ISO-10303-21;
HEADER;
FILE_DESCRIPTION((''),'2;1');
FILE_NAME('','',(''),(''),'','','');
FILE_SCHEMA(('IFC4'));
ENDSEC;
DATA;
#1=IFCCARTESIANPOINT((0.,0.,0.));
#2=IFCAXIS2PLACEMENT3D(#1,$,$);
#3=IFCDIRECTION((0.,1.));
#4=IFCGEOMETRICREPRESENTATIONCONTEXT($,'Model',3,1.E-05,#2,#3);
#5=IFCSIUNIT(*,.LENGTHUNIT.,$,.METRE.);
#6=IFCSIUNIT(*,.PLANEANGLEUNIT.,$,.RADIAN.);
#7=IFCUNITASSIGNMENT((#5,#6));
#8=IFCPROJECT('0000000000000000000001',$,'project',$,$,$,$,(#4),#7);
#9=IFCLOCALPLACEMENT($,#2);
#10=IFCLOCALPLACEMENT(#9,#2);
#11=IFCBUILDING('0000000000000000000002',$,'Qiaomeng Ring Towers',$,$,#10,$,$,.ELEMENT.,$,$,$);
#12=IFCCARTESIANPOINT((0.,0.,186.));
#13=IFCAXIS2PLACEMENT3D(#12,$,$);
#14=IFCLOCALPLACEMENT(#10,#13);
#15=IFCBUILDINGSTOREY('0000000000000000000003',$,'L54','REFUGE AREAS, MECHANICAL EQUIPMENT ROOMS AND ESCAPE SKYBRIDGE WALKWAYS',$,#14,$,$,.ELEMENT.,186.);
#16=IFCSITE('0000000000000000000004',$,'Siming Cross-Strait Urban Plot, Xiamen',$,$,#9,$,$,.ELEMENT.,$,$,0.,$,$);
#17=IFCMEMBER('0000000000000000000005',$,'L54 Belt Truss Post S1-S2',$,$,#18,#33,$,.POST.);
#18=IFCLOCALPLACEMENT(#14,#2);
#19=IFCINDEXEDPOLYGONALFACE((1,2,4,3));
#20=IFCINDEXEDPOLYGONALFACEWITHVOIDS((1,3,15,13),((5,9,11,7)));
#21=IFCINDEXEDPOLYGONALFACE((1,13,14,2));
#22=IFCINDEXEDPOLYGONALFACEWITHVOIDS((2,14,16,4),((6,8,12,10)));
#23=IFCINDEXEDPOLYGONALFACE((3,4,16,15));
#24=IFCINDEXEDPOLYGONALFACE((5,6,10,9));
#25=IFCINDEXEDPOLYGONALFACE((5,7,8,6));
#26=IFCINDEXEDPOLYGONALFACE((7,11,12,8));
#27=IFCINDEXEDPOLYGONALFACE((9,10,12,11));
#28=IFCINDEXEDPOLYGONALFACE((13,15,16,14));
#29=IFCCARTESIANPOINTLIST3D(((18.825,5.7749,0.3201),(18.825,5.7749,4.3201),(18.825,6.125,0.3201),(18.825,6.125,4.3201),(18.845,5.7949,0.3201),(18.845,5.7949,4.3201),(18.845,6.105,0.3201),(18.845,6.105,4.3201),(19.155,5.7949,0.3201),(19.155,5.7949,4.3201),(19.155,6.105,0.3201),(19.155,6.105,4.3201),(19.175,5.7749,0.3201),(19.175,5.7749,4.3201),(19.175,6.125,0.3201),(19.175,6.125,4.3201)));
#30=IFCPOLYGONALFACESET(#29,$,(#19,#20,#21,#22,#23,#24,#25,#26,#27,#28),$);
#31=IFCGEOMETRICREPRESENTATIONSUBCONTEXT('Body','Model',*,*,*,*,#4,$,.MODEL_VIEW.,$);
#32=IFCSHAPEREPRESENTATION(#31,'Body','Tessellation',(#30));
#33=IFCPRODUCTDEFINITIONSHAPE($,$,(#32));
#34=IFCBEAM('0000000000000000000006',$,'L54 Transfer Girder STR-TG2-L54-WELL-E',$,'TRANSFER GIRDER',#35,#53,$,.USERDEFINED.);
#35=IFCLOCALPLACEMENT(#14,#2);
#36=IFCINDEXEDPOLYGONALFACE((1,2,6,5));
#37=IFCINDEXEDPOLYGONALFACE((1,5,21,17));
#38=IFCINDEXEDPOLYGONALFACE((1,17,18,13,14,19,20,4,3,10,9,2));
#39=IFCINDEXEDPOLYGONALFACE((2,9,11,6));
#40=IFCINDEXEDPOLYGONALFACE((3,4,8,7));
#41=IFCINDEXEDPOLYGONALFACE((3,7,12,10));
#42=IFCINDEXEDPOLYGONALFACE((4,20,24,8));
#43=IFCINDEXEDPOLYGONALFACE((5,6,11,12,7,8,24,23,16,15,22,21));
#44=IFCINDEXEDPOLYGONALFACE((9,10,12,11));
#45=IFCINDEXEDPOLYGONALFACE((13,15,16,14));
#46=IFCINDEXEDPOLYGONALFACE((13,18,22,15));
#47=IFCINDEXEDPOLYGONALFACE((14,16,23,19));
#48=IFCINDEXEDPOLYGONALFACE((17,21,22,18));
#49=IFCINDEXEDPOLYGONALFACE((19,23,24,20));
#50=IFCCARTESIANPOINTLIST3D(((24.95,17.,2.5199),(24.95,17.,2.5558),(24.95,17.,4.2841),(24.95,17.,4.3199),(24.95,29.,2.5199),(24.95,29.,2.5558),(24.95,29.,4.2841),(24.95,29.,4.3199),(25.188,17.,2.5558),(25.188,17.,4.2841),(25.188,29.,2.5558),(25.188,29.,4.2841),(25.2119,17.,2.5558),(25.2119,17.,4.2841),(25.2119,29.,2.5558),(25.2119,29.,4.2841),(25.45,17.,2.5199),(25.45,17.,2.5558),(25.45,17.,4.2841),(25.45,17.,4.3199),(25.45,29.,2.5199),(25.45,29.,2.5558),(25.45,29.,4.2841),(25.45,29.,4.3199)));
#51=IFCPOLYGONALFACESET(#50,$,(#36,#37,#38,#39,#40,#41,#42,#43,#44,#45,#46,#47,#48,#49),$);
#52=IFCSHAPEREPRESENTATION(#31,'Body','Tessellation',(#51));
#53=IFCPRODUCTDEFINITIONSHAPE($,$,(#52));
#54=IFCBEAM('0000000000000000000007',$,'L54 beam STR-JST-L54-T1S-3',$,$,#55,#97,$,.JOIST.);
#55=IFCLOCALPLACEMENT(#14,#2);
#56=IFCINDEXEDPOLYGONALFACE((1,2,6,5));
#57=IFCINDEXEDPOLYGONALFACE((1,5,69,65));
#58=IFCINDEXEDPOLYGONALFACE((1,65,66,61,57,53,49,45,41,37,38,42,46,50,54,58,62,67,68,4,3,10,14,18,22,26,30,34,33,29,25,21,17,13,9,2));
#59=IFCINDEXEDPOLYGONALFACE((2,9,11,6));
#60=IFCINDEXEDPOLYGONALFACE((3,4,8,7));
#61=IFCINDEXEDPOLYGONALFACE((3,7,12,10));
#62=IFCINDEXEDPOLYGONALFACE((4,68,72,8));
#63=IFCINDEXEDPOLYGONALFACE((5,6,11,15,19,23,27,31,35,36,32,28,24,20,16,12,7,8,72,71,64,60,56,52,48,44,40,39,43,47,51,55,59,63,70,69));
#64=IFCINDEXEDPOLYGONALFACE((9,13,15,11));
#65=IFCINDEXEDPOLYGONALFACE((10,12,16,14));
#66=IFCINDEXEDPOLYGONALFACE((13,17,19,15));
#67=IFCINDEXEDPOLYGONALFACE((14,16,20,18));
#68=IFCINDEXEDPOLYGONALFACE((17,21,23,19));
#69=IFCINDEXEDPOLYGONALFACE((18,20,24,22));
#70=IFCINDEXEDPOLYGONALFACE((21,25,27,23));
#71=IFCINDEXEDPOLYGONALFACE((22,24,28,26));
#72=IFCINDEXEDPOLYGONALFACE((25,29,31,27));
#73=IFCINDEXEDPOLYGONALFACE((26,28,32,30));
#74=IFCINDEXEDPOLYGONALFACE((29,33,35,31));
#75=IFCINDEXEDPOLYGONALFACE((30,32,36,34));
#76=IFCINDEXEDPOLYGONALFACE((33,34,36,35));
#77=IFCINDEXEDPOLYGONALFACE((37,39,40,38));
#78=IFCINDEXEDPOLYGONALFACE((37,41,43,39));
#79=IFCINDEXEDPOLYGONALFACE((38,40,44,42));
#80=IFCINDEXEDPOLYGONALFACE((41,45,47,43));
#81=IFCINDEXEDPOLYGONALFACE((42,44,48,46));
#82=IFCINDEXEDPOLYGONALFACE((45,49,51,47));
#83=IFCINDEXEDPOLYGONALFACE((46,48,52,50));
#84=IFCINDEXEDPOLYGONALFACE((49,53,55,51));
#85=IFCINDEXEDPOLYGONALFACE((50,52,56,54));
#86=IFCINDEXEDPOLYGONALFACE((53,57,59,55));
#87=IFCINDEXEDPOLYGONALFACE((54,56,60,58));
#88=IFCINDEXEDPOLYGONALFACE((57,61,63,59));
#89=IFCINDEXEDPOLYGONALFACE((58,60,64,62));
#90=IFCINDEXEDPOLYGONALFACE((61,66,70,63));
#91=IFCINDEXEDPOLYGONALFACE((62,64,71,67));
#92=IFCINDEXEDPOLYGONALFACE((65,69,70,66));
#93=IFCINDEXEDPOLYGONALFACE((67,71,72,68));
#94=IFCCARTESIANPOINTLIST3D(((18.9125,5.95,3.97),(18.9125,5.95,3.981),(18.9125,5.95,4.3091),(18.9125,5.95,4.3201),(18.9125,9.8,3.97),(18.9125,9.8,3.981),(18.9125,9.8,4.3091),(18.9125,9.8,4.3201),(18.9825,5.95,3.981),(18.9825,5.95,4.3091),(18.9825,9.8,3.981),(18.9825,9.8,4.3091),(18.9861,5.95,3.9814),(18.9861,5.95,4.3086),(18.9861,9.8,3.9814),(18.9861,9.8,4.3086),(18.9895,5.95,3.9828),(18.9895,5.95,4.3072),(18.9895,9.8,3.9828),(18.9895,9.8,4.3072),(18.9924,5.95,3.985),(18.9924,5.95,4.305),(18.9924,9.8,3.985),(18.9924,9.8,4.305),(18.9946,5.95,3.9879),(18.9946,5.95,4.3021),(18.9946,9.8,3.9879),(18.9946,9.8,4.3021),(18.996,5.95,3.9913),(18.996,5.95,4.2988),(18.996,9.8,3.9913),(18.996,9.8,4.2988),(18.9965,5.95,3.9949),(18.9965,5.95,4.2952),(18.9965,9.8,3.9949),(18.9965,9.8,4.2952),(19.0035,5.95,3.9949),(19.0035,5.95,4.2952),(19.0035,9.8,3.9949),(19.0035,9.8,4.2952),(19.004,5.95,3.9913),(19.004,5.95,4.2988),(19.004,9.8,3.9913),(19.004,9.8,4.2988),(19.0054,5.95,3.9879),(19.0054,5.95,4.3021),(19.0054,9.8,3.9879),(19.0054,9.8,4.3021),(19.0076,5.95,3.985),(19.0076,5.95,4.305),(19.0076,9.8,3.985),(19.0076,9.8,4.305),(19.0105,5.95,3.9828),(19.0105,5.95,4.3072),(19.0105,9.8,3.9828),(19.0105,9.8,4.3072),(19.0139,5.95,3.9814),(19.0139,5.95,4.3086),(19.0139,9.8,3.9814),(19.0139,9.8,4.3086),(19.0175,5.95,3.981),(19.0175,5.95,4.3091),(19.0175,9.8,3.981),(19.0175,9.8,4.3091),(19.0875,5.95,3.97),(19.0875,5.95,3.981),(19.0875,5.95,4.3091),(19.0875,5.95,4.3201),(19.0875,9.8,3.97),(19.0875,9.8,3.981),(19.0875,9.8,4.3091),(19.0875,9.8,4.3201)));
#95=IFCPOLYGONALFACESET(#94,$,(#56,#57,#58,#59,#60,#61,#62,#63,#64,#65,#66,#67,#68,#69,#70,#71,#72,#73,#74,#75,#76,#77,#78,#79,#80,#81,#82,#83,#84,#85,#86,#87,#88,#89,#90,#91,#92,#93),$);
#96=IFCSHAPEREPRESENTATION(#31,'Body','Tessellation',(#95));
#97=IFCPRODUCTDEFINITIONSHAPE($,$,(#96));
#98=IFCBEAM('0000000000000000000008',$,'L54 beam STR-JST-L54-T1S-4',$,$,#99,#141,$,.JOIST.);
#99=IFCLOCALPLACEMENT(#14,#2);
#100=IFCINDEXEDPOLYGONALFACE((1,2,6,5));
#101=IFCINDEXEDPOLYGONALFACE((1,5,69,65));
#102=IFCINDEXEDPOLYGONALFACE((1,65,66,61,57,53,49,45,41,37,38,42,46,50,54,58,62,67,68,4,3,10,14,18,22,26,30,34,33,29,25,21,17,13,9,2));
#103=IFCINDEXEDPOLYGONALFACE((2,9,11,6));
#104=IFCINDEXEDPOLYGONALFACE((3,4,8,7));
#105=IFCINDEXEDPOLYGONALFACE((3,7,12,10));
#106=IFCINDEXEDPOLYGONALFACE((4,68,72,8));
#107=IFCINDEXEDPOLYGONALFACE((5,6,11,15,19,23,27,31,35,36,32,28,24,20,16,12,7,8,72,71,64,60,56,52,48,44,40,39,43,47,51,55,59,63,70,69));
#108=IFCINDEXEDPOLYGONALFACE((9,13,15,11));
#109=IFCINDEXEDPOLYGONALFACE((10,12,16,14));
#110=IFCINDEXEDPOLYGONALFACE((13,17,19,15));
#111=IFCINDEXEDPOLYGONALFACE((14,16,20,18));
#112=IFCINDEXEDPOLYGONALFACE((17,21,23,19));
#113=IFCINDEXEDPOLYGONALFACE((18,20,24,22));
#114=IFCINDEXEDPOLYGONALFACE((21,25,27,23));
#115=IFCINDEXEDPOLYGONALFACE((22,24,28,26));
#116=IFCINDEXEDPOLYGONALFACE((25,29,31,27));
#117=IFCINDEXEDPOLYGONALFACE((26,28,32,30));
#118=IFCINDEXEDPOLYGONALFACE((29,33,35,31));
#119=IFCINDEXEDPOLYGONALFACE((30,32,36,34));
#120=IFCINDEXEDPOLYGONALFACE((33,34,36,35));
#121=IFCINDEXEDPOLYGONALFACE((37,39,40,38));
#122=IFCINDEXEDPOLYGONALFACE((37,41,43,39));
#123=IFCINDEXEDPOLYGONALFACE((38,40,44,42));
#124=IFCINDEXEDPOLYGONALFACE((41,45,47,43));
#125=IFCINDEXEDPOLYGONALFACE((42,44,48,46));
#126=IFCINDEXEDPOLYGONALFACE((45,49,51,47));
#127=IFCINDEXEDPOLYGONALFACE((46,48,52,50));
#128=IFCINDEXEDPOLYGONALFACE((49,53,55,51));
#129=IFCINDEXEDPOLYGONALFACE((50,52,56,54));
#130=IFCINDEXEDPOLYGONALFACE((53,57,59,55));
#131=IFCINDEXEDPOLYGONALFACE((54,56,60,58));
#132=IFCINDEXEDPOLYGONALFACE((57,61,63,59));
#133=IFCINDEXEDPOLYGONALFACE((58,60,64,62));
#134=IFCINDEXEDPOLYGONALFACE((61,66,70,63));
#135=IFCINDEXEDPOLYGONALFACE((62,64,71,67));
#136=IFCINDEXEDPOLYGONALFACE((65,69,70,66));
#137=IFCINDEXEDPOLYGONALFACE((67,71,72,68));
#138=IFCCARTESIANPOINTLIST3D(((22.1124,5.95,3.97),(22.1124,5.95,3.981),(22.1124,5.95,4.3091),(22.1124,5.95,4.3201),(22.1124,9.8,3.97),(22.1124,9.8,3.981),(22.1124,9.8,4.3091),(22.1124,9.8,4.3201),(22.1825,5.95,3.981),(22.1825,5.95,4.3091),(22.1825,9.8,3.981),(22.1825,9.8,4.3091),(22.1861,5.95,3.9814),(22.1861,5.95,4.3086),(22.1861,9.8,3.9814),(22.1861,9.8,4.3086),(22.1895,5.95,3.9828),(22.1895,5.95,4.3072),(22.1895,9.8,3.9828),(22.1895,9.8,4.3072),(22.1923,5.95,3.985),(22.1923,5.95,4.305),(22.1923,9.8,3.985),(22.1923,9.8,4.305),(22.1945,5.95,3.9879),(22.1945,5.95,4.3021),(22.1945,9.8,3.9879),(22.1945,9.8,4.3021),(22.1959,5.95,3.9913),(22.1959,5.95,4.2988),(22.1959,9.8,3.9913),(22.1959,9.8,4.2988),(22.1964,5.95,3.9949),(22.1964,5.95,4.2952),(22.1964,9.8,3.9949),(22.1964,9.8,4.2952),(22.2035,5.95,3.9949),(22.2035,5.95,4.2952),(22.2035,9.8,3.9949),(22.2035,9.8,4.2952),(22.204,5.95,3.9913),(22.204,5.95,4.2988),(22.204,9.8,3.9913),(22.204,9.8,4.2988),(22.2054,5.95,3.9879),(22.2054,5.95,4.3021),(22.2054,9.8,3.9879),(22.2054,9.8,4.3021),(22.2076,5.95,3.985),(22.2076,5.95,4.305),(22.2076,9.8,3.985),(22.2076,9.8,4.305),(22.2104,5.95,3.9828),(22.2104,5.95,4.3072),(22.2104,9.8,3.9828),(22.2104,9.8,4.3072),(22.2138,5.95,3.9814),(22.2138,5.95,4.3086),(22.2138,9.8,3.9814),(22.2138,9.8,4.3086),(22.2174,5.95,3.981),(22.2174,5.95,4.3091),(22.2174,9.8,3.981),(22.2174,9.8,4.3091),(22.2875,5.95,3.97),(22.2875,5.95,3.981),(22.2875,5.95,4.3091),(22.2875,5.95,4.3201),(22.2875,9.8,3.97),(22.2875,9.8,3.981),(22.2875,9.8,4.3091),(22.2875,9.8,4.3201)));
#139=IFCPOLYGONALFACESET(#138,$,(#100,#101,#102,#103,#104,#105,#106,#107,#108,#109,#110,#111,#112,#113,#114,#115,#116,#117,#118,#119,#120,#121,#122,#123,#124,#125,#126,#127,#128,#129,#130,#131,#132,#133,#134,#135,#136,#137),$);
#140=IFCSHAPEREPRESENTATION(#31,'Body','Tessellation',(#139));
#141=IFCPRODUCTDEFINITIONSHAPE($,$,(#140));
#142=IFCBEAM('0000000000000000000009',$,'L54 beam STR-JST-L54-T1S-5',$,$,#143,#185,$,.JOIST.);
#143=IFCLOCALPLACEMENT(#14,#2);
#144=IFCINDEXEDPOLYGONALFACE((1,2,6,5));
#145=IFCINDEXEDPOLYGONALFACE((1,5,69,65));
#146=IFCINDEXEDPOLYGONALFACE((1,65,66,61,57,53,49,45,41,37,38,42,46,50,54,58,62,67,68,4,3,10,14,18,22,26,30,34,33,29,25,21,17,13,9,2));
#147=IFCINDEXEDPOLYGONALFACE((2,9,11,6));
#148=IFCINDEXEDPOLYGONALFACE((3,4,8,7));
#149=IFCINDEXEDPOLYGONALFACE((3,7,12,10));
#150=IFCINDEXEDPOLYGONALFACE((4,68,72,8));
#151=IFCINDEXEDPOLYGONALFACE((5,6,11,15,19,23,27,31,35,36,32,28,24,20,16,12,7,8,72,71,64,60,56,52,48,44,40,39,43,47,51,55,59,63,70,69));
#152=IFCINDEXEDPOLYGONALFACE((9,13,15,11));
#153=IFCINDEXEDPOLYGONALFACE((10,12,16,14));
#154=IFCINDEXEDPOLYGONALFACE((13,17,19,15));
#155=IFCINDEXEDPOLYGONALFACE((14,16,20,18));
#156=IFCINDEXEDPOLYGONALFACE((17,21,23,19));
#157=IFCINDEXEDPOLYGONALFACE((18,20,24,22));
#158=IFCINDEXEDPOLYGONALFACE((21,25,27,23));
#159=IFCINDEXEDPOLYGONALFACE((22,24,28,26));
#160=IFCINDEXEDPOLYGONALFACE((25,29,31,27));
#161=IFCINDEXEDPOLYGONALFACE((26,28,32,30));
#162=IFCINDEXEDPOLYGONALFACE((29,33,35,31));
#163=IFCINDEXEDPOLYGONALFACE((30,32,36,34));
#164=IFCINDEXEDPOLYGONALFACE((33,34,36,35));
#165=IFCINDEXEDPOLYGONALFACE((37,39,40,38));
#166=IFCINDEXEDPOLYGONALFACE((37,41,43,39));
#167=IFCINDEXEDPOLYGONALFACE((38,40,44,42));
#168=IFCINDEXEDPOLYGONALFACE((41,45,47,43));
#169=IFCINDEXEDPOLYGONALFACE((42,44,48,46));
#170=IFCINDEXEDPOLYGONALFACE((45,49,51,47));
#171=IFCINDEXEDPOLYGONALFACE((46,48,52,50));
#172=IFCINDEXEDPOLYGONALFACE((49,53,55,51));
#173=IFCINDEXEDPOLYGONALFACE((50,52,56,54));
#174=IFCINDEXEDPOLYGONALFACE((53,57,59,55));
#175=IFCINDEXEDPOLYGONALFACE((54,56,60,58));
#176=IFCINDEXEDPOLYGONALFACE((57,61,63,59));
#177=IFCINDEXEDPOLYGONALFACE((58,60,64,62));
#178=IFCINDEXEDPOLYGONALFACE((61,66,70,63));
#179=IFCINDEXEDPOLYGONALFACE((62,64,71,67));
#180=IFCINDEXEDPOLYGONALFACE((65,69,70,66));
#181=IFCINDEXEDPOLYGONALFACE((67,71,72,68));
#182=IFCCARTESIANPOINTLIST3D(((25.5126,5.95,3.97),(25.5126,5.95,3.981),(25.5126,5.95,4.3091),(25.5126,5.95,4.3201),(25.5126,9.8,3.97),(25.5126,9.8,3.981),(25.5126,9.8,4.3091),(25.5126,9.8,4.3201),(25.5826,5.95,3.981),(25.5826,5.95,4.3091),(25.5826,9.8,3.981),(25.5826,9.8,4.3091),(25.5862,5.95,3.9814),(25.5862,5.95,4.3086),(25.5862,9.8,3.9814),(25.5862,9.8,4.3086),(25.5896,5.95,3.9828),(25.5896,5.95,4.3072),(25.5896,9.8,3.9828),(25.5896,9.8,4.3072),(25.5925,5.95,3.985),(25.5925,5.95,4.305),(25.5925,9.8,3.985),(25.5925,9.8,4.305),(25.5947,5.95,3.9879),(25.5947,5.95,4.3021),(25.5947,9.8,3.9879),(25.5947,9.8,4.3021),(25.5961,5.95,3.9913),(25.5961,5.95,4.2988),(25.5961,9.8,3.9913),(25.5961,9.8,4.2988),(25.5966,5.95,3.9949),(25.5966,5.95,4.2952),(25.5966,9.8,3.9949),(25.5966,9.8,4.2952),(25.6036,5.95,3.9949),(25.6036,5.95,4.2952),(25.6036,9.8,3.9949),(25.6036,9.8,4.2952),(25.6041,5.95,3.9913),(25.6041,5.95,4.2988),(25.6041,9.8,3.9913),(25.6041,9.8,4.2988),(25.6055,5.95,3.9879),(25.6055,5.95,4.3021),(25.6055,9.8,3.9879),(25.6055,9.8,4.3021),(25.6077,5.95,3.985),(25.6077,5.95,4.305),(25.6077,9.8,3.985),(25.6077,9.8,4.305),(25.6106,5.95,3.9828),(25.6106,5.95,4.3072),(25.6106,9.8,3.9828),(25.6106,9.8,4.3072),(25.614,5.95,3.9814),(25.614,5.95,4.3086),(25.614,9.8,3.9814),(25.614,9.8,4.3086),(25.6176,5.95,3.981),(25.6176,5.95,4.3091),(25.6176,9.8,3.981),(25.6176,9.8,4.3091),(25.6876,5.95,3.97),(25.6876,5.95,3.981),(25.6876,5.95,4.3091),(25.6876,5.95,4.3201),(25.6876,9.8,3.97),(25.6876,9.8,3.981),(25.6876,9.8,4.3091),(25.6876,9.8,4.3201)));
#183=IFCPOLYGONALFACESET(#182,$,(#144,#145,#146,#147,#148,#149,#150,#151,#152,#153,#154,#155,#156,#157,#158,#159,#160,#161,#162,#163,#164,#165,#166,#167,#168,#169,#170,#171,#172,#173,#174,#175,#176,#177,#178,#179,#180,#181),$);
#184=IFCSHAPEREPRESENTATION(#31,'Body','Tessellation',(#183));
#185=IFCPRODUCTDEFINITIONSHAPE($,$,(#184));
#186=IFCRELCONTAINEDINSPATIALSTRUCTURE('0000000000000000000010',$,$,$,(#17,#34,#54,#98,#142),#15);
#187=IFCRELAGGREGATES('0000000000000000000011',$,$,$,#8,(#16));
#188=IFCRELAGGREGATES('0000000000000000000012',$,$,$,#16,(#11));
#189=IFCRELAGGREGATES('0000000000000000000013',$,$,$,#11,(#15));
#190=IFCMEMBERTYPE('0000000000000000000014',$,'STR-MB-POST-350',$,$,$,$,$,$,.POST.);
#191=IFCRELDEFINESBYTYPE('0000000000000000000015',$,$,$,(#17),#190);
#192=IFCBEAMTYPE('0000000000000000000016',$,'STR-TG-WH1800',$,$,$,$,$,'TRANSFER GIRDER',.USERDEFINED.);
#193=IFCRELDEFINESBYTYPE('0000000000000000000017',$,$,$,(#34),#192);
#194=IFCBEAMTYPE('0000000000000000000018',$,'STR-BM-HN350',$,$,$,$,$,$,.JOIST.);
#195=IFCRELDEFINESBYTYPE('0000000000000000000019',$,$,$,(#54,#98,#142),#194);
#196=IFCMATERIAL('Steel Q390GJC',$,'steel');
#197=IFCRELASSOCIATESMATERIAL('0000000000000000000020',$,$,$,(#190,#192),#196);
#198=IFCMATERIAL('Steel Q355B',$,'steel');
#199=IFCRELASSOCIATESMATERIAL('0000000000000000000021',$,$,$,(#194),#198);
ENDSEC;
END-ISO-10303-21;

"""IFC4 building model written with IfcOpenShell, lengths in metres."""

from ifc_helpers import new_model, si_unit, direction, frame, origin, origin_2d, place, context, subcontext, project, spatial, hollow_rectangle, i_section, extrude, source, transform, mapped, material, material_profile, profile_set, type_object, element, save


model = new_model("IFC4")

# Units and contexts
model_context = context("Model", 3, precision=1e-05, world=origin(), true_north=direction((0.0, 1.0)))
body_context = subcontext(model_context, "Body", "Model", "MODEL_VIEW")
ifc_project = project(units=[si_unit("LENGTHUNIT", "METRE"), si_unit("PLANEANGLEUNIT", "RADIAN")], contexts=[model_context])

# Site, building, storey
site_placement = place(None, origin())
site = spatial("IfcSite", under=ifc_project, at=site_placement, Name="Siming Cross-Strait Urban Plot, Xiamen", CompositionType="ELEMENT", RefElevation=0.0)
building_placement = place(site_placement, origin())
building = spatial("IfcBuilding", under=site, at=building_placement, Name="Qiaomeng Ring Towers", CompositionType="ELEMENT")
storey_placement = place(building_placement, frame((0.0, 0.0, 186.0)))
storey = spatial("IfcBuildingStorey", under=building, at=storey_placement, Name="L54", Description="REFUGE AREAS, MECHANICAL EQUIPMENT ROOMS AND ESCAPE SKYBRIDGE WALKWAYS", CompositionType="ELEMENT", Elevation=186.0)

# Member
ifc_material_1 = material(Name="Steel Q390GJC", Category="steel")
ifc_material_profile_1 = material_profile(ifc_material_1, hollow_rectangle(XDim=0.3501, YDim=0.3501, WallThickness=0.02, at=origin_2d()), Name="SHS 350x350x20")
ifc_profile_set_1 = profile_set([ifc_material_profile_1], Name="Steel Q390GJC")
member_type_1 = type_object("IfcMemberType", Name="STR-MB-POST-350", PredefinedType="POST", material=ifc_profile_set_1)
shared_shape_1 = source(origin(), body_context, "Body", "SweptSolid", [
    extrude(hollow_rectangle(XDim=0.3501, YDim=0.3501, WallThickness=0.02, at=origin_2d()), origin(), (0.0, 0.0, 1.0), 4.0),
])
member_1_placement = place(storey_placement, frame((19.0, 5.95, 0.3201), z_axis=(0.0, 0.0, 1.0), x_axis=(1.0, 0.0, 0.0)))
element("IfcMember", 1, at=member_1_placement, inside=storey, type_object=member_type_1, Name="L54 Belt Truss Post S1-S2", PredefinedType="POST", context=body_context, shape_type="MappedRepresentation", body=[
    mapped(shared_shape_1, transform((0.0, 0.0, 0.0), x_axis=(1.0, 0.0, 0.0), y_axis=(0.0, 1.0, 0.0), z_axis=(0.0, 0.0, 1.0), scale=1.0)),
])

# Beams
ifc_material_profile_2 = material_profile(ifc_material_1, i_section(OverallWidth=0.5, OverallDepth=1.8, WebThickness=0.0239, FlangeThickness=0.0359, at=origin_2d()), Name="WH 1800x500x24x36")
ifc_profile_set_2 = profile_set([ifc_material_profile_2], Name="Steel Q390GJC")
beam_type_1 = type_object("IfcBeamType", Name="STR-TG-WH1800", ElementType="TRANSFER GIRDER", PredefinedType="USERDEFINED", material=ifc_profile_set_2)
shared_shape_2 = source(origin(), body_context, "Body", "SweptSolid", [
    extrude(i_section(OverallWidth=0.5, OverallDepth=1.8, WebThickness=0.0239, FlangeThickness=0.0359, at=origin_2d()), origin(), (0.0, 0.0, 1.0), 12.0),
])
beam_1_placement = place(storey_placement, frame((25.2, 17.0, 3.4199), z_axis=(0.0, 1.0, 0.0), x_axis=(-1.0, 0.0, 0.0)))
element("IfcBeam", 2, at=beam_1_placement, inside=storey, type_object=beam_type_1, Name="L54 Transfer Girder STR-TG2-L54-WELL-E", ObjectType="TRANSFER GIRDER", PredefinedType="USERDEFINED", context=body_context, shape_type="MappedRepresentation", body=[
    mapped(shared_shape_2, transform((0.0, 0.0, 0.0), x_axis=(1.0, 0.0, 0.0), y_axis=(0.0, 1.0, 0.0), z_axis=(0.0, 0.0, 1.0), scale=1.0)),
])
ifc_material_2 = material(Name="Steel Q355B", Category="steel")
ifc_material_profile_3 = material_profile(ifc_material_2, i_section(OverallWidth=0.175, OverallDepth=0.3501, WebThickness=0.0071, FlangeThickness=0.011, FilletRadius=0.0139, at=origin_2d()), Name="HN 350x175x7x11")
ifc_profile_set_3 = profile_set([ifc_material_profile_3], Name="Steel Q355B")
beam_type_2 = type_object("IfcBeamType", Name="STR-BM-HN350", PredefinedType="JOIST", material=ifc_profile_set_3)
shared_shape_3 = source(origin(), body_context, "Body", "SweptSolid", [
    extrude(i_section(OverallWidth=0.175, OverallDepth=0.3501, WebThickness=0.0071, FlangeThickness=0.011, FilletRadius=0.0139, at=origin_2d()), origin(), (0.0, 0.0, 1.0), 3.8501),
])
for number, where, z_axis, x_axis, name in (
    (3, (19.0, 5.95, 4.145), (0.0, 1.0, 0.0), (-1.0, 0.0, 0.0), "L54 beam STR-JST-L54-T1S-3"),
    (4, (22.2, 5.95, 4.145), (0.0, 1.0, 0.0), (-1.0, 0.0, 0.0), "L54 beam STR-JST-L54-T1S-4"),
    (5, (25.6001, 5.95, 4.145), (0.0, 1.0, 0.0), (-1.0, 0.0, 0.0), "L54 beam STR-JST-L54-T1S-5"),
):
    element("IfcBeam", number, at=place(storey_placement, frame(where, z_axis=z_axis, x_axis=x_axis)), inside=storey, type_object=beam_type_2, Name=name, PredefinedType="JOIST", context=body_context, shape_type="MappedRepresentation", body=[
        mapped(shared_shape_3, transform((0.0, 0.0, 0.0), x_axis=(1.0, 0.0, 0.0), y_axis=(0.0, 1.0, 0.0), z_axis=(0.0, 0.0, 1.0), scale=1.0)),
    ])

save(model, "model.ifc")
